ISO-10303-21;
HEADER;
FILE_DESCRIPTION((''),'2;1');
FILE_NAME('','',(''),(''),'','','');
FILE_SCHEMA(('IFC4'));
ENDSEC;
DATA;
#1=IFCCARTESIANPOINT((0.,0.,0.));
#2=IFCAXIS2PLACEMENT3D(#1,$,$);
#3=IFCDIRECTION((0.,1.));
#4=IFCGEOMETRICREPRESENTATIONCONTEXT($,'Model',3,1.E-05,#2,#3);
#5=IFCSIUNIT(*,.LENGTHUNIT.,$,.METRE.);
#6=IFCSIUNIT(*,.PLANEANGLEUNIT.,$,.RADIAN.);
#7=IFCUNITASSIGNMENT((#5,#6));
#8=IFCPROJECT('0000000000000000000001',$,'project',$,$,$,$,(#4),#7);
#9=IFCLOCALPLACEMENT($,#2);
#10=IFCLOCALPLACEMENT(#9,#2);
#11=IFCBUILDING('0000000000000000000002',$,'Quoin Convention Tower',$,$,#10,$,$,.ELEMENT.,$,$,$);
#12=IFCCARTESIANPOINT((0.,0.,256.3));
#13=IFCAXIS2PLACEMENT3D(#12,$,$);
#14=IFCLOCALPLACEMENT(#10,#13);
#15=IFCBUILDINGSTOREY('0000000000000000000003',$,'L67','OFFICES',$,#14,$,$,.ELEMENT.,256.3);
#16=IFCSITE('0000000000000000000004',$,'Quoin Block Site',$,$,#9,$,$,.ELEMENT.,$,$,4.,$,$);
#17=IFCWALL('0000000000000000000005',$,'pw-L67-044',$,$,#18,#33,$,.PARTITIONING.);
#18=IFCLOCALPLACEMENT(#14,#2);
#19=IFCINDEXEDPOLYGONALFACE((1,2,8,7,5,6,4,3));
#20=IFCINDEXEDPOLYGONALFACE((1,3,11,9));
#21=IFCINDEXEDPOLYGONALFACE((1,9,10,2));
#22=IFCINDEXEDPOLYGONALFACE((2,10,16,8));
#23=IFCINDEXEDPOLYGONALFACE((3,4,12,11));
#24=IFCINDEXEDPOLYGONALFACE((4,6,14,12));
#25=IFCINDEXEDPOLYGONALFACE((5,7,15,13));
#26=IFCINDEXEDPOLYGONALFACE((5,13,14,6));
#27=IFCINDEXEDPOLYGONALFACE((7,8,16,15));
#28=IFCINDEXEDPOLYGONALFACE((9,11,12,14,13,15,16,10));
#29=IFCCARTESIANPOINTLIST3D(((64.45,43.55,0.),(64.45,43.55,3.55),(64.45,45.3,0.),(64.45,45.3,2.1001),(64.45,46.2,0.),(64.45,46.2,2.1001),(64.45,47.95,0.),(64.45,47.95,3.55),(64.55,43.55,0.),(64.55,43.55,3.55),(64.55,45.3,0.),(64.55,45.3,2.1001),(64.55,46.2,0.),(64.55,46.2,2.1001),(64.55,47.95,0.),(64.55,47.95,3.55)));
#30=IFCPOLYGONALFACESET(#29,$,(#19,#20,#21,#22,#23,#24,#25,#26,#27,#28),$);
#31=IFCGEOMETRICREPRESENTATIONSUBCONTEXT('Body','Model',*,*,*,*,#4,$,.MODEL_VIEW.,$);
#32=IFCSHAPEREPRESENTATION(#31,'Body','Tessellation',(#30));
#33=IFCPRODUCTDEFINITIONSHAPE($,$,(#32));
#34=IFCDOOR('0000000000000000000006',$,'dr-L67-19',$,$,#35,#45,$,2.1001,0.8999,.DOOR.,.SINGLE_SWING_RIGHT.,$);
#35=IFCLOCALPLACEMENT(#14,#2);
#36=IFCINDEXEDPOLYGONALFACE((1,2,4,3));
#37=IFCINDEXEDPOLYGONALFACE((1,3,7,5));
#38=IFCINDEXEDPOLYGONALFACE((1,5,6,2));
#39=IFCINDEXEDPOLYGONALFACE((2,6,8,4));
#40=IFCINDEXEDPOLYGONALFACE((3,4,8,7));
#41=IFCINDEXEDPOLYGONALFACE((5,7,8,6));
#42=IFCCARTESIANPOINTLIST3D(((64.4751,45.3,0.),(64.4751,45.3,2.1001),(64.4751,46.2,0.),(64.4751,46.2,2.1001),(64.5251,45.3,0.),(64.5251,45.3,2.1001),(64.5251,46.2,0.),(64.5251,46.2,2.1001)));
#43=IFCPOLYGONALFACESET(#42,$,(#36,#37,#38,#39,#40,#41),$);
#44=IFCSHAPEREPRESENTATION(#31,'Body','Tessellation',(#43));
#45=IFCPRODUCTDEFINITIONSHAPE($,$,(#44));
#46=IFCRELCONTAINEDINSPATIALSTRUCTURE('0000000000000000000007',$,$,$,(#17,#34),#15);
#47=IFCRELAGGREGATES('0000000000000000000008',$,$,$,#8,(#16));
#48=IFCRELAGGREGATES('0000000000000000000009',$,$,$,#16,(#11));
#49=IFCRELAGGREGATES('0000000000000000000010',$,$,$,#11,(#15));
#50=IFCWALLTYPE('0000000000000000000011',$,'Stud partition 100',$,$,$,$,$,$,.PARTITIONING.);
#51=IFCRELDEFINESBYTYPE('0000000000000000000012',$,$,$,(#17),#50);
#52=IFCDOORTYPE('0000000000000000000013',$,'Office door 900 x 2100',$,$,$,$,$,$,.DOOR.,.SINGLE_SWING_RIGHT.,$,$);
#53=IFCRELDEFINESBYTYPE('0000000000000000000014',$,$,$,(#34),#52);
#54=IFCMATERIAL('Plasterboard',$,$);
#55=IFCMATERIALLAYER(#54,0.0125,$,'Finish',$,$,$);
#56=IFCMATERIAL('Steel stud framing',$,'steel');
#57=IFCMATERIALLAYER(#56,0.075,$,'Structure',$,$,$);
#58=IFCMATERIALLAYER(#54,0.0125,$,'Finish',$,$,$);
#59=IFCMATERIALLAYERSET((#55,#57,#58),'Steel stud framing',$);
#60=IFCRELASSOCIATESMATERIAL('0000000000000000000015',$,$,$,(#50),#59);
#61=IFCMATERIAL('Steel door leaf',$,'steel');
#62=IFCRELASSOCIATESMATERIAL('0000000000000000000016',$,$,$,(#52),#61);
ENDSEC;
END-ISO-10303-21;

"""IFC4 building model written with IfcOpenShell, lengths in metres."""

from ifc_helpers import new_model, si_unit, direction, frame, frame_2d, origin, place, context, subcontext, project, spatial, rectangle, extrude, material, layer, layer_set, type_object, element, fill, save


model = new_model("IFC4")

# Units and contexts
model_context = context("Model", 3, precision=1e-05, world=origin(), true_north=direction((0.0, 1.0)))
body_context = subcontext(model_context, "Body", "Model", "MODEL_VIEW")
ifc_project = project(units=[si_unit("LENGTHUNIT", "METRE"), si_unit("PLANEANGLEUNIT", "RADIAN")], contexts=[model_context])

# Site, building, storey
site_placement = place(None, origin())
site = spatial("IfcSite", under=ifc_project, at=site_placement, Name="Quoin Block Site", CompositionType="ELEMENT", RefElevation=4.0)
building_placement = place(site_placement, origin())
building = spatial("IfcBuilding", under=site, at=building_placement, Name="Quoin Convention Tower", CompositionType="ELEMENT")
storey_placement = place(building_placement, frame((0.0, 0.0, 256.3)))
storey = spatial("IfcBuildingStorey", under=building, at=storey_placement, Name="L67", Description="OFFICES", CompositionType="ELEMENT", Elevation=256.3)

# Shared definitions
ifc_material_1 = material(Name="Plasterboard")
ifc_material_2 = material(Name="Steel stud framing", Category="steel")
ifc_layer_1 = layer(ifc_material_1, 0.0125, Name="Finish")
ifc_layer_2 = layer(ifc_material_2, 0.075, Name="Structure")
ifc_layer_3 = layer(ifc_material_1, 0.0125, Name="Finish")
ifc_layer_set_1 = layer_set([ifc_layer_1, ifc_layer_2, ifc_layer_3], Name="Steel stud framing")
wall_type_1 = type_object("IfcWallType", Name="Stud partition 100", PredefinedType="PARTITIONING", material=ifc_layer_set_1)

# Wall, opening, door
wall_1_placement = place(storey_placement, frame((64.5, 43.55, 0.0), z_axis=(0.0, 0.0, 1.0), x_axis=(0.0, 1.0, 0.0)))
wall_1 = element("IfcWall", 1, at=wall_1_placement, inside=storey, type_object=wall_type_1, Name="pw-L67-044", PredefinedType="PARTITIONING", context=body_context, shape_type="SweptSolid", body=[
    extrude(rectangle(XDim=4.3999, YDim=0.1001, at=frame_2d((2.2, 0.0))), origin(), (0.0, 0.0, 1.0), 3.55),
])
opening_placement = place(wall_1_placement, frame((1.75, 0.0, 0.0)))
opening = element("IfcOpeningElement", 2, at=opening_placement, cuts=wall_1, PredefinedType="OPENING", context=body_context, shape_type="SweptSolid", body=[
    extrude(rectangle(XDim=0.8999, YDim=2.1001, at=frame_2d((0.45, 1.05))), frame((0.0, 0.0601, 0.0), z_axis=(0.0, -1.0, 0.0), x_axis=(1.0, 0.0, 0.0)), (0.0, 0.0, 1.0), 0.1201),
])
ifc_material_3 = material(Name="Steel door leaf", Category="steel")
door_type = type_object("IfcDoorType", Name="Office door 900 x 2100", OperationType="SINGLE_SWING_RIGHT", PredefinedType="DOOR", material=ifc_material_3)
door_placement = place(opening_placement, origin())
door = element("IfcDoor", 3, at=door_placement, inside=storey, type_object=door_type, Name="dr-L67-19", OperationType="SINGLE_SWING_RIGHT", OverallHeight=2.1001, OverallWidth=0.8999, PredefinedType="DOOR", context=body_context, shape_type="SweptSolid", body=[
    extrude(rectangle(XDim=0.8999, YDim=2.1001, at=frame_2d((0.45, 1.05))), frame((0.0, 0.0249, 0.0), z_axis=(0.0, -1.0, 0.0), x_axis=(1.0, 0.0, 0.0)), (0.0, 0.0, 1.0), 0.05),
])
fill(opening, door)

save(model, "model.ifc")
